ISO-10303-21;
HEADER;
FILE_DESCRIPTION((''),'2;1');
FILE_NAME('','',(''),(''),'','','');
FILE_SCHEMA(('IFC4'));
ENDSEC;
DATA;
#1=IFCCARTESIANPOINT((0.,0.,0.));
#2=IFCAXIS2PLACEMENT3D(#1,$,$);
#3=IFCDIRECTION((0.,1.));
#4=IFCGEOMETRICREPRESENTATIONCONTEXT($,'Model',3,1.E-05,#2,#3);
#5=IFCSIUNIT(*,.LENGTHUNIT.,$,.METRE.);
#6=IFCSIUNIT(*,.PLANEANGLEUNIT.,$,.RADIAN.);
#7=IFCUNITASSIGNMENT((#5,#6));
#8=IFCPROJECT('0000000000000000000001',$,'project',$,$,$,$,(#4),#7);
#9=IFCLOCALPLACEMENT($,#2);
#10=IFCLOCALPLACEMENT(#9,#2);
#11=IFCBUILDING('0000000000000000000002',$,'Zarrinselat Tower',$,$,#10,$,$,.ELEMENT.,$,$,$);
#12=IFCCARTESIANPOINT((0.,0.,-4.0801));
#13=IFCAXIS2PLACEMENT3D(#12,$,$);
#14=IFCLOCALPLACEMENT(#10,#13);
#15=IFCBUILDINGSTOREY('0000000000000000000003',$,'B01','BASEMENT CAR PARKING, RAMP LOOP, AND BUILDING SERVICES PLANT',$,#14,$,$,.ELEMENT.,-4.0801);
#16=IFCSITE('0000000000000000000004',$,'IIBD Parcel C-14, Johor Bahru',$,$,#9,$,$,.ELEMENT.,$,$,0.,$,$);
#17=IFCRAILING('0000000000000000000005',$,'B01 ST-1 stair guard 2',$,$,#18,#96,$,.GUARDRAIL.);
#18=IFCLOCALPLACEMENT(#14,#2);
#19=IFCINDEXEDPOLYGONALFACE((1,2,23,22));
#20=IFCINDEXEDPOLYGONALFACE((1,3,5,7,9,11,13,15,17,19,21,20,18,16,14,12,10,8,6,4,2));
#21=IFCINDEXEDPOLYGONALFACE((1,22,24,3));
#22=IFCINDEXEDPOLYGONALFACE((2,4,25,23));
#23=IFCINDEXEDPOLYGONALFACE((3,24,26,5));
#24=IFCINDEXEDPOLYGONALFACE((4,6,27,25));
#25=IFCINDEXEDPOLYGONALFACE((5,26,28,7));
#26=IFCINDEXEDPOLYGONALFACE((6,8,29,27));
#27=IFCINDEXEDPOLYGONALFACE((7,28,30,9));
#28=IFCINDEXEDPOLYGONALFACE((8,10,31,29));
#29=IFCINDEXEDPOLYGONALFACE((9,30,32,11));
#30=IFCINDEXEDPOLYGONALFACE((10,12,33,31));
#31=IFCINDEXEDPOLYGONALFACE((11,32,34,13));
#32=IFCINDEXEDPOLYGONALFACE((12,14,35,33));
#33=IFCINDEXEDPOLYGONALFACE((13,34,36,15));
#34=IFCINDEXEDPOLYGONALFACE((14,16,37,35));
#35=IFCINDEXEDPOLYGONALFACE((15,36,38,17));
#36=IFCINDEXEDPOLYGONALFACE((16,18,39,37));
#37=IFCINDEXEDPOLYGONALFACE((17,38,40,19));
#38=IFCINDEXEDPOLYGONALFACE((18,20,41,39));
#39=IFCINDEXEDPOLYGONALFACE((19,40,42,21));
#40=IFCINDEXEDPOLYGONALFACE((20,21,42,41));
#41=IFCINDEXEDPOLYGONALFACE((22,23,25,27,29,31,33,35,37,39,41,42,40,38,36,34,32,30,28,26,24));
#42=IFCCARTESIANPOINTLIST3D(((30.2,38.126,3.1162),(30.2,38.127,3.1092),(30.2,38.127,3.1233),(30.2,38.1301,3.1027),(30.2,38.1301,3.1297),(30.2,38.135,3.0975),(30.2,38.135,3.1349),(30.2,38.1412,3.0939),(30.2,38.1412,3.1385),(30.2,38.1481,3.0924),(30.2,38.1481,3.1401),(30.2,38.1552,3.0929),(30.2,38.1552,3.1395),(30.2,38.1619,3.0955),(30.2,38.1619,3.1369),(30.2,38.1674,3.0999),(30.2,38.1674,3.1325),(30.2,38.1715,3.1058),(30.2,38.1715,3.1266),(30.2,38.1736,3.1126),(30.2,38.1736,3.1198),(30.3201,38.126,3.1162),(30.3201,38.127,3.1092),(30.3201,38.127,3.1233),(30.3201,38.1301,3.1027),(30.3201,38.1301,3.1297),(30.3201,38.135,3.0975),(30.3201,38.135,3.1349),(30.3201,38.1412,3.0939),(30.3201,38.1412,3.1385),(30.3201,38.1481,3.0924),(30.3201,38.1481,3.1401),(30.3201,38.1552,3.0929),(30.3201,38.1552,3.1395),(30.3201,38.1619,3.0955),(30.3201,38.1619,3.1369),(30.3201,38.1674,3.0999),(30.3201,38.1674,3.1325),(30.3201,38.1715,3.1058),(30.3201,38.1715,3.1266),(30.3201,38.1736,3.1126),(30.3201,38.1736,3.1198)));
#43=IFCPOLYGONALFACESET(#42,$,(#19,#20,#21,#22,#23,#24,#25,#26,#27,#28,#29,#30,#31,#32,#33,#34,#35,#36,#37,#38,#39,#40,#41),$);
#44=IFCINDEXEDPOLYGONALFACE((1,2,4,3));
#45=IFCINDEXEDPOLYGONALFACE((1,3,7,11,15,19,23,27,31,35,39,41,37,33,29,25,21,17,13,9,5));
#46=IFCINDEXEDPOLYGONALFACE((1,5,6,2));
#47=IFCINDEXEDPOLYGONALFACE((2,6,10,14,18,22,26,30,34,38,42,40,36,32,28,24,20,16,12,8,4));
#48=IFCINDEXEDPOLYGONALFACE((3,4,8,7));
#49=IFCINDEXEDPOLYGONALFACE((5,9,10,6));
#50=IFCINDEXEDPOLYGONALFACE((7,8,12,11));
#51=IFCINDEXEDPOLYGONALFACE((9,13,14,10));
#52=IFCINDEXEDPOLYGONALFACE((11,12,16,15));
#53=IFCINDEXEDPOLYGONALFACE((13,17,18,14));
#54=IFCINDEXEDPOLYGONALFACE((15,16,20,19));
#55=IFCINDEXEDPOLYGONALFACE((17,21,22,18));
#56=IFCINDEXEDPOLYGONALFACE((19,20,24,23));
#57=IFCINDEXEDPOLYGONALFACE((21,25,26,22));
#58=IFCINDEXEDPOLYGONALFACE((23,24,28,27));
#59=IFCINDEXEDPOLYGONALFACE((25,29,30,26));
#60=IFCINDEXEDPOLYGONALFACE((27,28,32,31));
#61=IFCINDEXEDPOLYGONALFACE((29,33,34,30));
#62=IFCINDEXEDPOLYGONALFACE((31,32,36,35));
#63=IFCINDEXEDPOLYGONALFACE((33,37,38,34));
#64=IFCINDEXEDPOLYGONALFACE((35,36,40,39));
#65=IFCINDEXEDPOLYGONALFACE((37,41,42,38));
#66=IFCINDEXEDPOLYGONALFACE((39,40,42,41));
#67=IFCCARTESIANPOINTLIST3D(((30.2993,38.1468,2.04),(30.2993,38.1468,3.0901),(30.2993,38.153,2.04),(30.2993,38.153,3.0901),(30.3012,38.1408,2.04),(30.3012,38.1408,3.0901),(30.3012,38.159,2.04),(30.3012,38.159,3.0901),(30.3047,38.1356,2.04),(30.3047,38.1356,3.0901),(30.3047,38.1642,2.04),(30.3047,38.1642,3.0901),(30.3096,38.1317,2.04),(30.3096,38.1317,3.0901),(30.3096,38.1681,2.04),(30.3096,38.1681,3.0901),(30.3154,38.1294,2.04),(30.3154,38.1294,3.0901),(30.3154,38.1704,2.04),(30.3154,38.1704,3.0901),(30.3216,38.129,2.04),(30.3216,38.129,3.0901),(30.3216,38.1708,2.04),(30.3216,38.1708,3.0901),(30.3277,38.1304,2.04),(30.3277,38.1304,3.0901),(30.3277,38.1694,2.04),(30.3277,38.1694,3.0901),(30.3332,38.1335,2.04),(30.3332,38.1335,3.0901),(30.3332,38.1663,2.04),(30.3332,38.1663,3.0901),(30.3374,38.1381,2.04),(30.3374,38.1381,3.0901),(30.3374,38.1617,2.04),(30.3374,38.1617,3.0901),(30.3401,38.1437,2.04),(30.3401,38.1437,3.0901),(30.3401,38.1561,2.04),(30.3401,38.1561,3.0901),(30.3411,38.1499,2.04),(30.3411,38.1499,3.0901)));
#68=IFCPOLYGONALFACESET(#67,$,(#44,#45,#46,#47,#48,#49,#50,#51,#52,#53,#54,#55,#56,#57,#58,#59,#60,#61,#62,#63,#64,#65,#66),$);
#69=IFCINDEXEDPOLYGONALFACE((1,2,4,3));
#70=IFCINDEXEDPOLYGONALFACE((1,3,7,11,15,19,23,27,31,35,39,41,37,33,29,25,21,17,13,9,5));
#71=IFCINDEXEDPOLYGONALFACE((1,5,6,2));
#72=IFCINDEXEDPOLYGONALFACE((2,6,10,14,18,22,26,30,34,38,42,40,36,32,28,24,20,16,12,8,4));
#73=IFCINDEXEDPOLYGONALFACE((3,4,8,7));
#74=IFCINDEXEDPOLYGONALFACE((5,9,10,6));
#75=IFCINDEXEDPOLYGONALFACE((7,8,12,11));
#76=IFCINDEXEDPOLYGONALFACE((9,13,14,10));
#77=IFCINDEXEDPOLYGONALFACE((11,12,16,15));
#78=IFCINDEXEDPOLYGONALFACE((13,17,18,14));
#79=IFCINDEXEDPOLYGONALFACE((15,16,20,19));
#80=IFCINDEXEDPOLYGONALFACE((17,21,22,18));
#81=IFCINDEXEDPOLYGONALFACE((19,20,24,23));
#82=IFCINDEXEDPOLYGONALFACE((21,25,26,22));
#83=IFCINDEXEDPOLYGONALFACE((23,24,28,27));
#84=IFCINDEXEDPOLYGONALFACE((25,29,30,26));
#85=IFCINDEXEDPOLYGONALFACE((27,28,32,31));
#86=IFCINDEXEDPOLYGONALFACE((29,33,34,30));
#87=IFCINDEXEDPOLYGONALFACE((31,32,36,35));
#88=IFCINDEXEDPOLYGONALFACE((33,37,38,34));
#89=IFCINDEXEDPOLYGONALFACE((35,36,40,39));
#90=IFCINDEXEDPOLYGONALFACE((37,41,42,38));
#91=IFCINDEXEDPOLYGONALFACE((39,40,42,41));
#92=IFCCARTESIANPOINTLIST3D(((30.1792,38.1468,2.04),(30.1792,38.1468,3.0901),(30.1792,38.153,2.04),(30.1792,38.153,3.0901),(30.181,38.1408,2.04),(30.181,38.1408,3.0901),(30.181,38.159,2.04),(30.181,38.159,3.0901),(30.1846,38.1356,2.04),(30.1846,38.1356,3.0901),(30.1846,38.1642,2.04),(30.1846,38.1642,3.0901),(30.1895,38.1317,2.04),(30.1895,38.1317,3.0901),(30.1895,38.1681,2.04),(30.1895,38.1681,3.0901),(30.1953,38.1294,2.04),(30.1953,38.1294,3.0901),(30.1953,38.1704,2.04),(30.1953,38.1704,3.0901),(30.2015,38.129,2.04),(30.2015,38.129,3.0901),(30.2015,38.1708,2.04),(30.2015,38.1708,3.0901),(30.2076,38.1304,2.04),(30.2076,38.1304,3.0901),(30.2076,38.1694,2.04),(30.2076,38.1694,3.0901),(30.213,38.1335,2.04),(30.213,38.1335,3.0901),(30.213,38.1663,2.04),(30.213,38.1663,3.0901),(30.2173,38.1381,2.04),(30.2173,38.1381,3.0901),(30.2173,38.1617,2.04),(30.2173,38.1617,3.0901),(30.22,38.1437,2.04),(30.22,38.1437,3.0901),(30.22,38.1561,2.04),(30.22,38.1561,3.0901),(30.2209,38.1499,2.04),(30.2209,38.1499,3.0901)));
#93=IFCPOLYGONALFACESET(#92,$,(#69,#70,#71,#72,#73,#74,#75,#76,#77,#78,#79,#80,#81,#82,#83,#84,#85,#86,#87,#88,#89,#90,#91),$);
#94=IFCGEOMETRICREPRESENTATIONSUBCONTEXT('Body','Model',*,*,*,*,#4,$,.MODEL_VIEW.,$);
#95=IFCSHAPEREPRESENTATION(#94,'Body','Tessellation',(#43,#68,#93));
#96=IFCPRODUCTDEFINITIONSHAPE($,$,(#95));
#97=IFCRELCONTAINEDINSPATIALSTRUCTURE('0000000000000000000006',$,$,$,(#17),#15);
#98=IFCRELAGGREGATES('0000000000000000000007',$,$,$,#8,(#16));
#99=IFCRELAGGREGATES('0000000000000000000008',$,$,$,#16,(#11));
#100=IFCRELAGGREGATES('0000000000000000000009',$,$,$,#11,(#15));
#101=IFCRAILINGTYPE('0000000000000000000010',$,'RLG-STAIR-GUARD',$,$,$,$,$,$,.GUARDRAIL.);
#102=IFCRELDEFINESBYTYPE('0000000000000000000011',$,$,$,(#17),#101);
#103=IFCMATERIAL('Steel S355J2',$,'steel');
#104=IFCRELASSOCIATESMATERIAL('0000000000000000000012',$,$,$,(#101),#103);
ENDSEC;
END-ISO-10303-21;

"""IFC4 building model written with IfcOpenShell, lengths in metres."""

from ifc_helpers import new_model, si_unit, direction, frame, origin, origin_2d, place, context, subcontext, project, spatial, circle, extrude, material, type_object, element, save


model = new_model("IFC4")

# Units and contexts
model_context = context("Model", 3, precision=1e-05, world=origin(), true_north=direction((0.0, 1.0)))
body_context = subcontext(model_context, "Body", "Model", "MODEL_VIEW")
ifc_project = project(units=[si_unit("LENGTHUNIT", "METRE"), si_unit("PLANEANGLEUNIT", "RADIAN")], contexts=[model_context])

# Site, building, storey
site_placement = place(None, origin())
site = spatial("IfcSite", under=ifc_project, at=site_placement, Name="IIBD Parcel C-14, Johor Bahru", CompositionType="ELEMENT", RefElevation=0.0)
building_placement = place(site_placement, origin())
building = spatial("IfcBuilding", under=site, at=building_placement, Name="Zarrinselat Tower", CompositionType="ELEMENT")
storey_placement = place(building_placement, frame((0.0, 0.0, -4.0801)))
storey = spatial("IfcBuildingStorey", under=building, at=storey_placement, Name="B01", Description="BASEMENT CAR PARKING, RAMP LOOP, AND BUILDING SERVICES PLANT", CompositionType="ELEMENT", Elevation=-4.0801)

# Railing
ifc_material_1 = material(Name="Steel S355J2", Category="steel")
railing_type_1 = type_object("IfcRailingType", Name="RLG-STAIR-GUARD", PredefinedType="GUARDRAIL", material=ifc_material_1)
railing_1_placement = place(storey_placement, frame((30.3201, 38.1499, 2.04)))
element("IfcRailing", 1, at=railing_1_placement, inside=storey, type_object=railing_type_1, Name="B01 ST-1 stair guard 2", PredefinedType="GUARDRAIL", context=body_context, shape_type="SweptSolid", body=[
    extrude(circle(Radius=0.0239, at=origin_2d()), frame((0.0, 0.0, 1.0762), z_axis=(-1.0, 0.0, 0.0), x_axis=(0.0, -1.0, 0.0)), (0.0, 0.0, 1.0), 0.1201),
    extrude(circle(Radius=0.021, at=origin_2d()), origin(), (0.0, 0.0, 1.0), 1.05),
    extrude(circle(Radius=0.021, at=origin_2d()), frame((-0.1201, 0.0, 0.0)), (0.0, 0.0, 1.0), 1.05),
])

save(model, "model.ifc")
